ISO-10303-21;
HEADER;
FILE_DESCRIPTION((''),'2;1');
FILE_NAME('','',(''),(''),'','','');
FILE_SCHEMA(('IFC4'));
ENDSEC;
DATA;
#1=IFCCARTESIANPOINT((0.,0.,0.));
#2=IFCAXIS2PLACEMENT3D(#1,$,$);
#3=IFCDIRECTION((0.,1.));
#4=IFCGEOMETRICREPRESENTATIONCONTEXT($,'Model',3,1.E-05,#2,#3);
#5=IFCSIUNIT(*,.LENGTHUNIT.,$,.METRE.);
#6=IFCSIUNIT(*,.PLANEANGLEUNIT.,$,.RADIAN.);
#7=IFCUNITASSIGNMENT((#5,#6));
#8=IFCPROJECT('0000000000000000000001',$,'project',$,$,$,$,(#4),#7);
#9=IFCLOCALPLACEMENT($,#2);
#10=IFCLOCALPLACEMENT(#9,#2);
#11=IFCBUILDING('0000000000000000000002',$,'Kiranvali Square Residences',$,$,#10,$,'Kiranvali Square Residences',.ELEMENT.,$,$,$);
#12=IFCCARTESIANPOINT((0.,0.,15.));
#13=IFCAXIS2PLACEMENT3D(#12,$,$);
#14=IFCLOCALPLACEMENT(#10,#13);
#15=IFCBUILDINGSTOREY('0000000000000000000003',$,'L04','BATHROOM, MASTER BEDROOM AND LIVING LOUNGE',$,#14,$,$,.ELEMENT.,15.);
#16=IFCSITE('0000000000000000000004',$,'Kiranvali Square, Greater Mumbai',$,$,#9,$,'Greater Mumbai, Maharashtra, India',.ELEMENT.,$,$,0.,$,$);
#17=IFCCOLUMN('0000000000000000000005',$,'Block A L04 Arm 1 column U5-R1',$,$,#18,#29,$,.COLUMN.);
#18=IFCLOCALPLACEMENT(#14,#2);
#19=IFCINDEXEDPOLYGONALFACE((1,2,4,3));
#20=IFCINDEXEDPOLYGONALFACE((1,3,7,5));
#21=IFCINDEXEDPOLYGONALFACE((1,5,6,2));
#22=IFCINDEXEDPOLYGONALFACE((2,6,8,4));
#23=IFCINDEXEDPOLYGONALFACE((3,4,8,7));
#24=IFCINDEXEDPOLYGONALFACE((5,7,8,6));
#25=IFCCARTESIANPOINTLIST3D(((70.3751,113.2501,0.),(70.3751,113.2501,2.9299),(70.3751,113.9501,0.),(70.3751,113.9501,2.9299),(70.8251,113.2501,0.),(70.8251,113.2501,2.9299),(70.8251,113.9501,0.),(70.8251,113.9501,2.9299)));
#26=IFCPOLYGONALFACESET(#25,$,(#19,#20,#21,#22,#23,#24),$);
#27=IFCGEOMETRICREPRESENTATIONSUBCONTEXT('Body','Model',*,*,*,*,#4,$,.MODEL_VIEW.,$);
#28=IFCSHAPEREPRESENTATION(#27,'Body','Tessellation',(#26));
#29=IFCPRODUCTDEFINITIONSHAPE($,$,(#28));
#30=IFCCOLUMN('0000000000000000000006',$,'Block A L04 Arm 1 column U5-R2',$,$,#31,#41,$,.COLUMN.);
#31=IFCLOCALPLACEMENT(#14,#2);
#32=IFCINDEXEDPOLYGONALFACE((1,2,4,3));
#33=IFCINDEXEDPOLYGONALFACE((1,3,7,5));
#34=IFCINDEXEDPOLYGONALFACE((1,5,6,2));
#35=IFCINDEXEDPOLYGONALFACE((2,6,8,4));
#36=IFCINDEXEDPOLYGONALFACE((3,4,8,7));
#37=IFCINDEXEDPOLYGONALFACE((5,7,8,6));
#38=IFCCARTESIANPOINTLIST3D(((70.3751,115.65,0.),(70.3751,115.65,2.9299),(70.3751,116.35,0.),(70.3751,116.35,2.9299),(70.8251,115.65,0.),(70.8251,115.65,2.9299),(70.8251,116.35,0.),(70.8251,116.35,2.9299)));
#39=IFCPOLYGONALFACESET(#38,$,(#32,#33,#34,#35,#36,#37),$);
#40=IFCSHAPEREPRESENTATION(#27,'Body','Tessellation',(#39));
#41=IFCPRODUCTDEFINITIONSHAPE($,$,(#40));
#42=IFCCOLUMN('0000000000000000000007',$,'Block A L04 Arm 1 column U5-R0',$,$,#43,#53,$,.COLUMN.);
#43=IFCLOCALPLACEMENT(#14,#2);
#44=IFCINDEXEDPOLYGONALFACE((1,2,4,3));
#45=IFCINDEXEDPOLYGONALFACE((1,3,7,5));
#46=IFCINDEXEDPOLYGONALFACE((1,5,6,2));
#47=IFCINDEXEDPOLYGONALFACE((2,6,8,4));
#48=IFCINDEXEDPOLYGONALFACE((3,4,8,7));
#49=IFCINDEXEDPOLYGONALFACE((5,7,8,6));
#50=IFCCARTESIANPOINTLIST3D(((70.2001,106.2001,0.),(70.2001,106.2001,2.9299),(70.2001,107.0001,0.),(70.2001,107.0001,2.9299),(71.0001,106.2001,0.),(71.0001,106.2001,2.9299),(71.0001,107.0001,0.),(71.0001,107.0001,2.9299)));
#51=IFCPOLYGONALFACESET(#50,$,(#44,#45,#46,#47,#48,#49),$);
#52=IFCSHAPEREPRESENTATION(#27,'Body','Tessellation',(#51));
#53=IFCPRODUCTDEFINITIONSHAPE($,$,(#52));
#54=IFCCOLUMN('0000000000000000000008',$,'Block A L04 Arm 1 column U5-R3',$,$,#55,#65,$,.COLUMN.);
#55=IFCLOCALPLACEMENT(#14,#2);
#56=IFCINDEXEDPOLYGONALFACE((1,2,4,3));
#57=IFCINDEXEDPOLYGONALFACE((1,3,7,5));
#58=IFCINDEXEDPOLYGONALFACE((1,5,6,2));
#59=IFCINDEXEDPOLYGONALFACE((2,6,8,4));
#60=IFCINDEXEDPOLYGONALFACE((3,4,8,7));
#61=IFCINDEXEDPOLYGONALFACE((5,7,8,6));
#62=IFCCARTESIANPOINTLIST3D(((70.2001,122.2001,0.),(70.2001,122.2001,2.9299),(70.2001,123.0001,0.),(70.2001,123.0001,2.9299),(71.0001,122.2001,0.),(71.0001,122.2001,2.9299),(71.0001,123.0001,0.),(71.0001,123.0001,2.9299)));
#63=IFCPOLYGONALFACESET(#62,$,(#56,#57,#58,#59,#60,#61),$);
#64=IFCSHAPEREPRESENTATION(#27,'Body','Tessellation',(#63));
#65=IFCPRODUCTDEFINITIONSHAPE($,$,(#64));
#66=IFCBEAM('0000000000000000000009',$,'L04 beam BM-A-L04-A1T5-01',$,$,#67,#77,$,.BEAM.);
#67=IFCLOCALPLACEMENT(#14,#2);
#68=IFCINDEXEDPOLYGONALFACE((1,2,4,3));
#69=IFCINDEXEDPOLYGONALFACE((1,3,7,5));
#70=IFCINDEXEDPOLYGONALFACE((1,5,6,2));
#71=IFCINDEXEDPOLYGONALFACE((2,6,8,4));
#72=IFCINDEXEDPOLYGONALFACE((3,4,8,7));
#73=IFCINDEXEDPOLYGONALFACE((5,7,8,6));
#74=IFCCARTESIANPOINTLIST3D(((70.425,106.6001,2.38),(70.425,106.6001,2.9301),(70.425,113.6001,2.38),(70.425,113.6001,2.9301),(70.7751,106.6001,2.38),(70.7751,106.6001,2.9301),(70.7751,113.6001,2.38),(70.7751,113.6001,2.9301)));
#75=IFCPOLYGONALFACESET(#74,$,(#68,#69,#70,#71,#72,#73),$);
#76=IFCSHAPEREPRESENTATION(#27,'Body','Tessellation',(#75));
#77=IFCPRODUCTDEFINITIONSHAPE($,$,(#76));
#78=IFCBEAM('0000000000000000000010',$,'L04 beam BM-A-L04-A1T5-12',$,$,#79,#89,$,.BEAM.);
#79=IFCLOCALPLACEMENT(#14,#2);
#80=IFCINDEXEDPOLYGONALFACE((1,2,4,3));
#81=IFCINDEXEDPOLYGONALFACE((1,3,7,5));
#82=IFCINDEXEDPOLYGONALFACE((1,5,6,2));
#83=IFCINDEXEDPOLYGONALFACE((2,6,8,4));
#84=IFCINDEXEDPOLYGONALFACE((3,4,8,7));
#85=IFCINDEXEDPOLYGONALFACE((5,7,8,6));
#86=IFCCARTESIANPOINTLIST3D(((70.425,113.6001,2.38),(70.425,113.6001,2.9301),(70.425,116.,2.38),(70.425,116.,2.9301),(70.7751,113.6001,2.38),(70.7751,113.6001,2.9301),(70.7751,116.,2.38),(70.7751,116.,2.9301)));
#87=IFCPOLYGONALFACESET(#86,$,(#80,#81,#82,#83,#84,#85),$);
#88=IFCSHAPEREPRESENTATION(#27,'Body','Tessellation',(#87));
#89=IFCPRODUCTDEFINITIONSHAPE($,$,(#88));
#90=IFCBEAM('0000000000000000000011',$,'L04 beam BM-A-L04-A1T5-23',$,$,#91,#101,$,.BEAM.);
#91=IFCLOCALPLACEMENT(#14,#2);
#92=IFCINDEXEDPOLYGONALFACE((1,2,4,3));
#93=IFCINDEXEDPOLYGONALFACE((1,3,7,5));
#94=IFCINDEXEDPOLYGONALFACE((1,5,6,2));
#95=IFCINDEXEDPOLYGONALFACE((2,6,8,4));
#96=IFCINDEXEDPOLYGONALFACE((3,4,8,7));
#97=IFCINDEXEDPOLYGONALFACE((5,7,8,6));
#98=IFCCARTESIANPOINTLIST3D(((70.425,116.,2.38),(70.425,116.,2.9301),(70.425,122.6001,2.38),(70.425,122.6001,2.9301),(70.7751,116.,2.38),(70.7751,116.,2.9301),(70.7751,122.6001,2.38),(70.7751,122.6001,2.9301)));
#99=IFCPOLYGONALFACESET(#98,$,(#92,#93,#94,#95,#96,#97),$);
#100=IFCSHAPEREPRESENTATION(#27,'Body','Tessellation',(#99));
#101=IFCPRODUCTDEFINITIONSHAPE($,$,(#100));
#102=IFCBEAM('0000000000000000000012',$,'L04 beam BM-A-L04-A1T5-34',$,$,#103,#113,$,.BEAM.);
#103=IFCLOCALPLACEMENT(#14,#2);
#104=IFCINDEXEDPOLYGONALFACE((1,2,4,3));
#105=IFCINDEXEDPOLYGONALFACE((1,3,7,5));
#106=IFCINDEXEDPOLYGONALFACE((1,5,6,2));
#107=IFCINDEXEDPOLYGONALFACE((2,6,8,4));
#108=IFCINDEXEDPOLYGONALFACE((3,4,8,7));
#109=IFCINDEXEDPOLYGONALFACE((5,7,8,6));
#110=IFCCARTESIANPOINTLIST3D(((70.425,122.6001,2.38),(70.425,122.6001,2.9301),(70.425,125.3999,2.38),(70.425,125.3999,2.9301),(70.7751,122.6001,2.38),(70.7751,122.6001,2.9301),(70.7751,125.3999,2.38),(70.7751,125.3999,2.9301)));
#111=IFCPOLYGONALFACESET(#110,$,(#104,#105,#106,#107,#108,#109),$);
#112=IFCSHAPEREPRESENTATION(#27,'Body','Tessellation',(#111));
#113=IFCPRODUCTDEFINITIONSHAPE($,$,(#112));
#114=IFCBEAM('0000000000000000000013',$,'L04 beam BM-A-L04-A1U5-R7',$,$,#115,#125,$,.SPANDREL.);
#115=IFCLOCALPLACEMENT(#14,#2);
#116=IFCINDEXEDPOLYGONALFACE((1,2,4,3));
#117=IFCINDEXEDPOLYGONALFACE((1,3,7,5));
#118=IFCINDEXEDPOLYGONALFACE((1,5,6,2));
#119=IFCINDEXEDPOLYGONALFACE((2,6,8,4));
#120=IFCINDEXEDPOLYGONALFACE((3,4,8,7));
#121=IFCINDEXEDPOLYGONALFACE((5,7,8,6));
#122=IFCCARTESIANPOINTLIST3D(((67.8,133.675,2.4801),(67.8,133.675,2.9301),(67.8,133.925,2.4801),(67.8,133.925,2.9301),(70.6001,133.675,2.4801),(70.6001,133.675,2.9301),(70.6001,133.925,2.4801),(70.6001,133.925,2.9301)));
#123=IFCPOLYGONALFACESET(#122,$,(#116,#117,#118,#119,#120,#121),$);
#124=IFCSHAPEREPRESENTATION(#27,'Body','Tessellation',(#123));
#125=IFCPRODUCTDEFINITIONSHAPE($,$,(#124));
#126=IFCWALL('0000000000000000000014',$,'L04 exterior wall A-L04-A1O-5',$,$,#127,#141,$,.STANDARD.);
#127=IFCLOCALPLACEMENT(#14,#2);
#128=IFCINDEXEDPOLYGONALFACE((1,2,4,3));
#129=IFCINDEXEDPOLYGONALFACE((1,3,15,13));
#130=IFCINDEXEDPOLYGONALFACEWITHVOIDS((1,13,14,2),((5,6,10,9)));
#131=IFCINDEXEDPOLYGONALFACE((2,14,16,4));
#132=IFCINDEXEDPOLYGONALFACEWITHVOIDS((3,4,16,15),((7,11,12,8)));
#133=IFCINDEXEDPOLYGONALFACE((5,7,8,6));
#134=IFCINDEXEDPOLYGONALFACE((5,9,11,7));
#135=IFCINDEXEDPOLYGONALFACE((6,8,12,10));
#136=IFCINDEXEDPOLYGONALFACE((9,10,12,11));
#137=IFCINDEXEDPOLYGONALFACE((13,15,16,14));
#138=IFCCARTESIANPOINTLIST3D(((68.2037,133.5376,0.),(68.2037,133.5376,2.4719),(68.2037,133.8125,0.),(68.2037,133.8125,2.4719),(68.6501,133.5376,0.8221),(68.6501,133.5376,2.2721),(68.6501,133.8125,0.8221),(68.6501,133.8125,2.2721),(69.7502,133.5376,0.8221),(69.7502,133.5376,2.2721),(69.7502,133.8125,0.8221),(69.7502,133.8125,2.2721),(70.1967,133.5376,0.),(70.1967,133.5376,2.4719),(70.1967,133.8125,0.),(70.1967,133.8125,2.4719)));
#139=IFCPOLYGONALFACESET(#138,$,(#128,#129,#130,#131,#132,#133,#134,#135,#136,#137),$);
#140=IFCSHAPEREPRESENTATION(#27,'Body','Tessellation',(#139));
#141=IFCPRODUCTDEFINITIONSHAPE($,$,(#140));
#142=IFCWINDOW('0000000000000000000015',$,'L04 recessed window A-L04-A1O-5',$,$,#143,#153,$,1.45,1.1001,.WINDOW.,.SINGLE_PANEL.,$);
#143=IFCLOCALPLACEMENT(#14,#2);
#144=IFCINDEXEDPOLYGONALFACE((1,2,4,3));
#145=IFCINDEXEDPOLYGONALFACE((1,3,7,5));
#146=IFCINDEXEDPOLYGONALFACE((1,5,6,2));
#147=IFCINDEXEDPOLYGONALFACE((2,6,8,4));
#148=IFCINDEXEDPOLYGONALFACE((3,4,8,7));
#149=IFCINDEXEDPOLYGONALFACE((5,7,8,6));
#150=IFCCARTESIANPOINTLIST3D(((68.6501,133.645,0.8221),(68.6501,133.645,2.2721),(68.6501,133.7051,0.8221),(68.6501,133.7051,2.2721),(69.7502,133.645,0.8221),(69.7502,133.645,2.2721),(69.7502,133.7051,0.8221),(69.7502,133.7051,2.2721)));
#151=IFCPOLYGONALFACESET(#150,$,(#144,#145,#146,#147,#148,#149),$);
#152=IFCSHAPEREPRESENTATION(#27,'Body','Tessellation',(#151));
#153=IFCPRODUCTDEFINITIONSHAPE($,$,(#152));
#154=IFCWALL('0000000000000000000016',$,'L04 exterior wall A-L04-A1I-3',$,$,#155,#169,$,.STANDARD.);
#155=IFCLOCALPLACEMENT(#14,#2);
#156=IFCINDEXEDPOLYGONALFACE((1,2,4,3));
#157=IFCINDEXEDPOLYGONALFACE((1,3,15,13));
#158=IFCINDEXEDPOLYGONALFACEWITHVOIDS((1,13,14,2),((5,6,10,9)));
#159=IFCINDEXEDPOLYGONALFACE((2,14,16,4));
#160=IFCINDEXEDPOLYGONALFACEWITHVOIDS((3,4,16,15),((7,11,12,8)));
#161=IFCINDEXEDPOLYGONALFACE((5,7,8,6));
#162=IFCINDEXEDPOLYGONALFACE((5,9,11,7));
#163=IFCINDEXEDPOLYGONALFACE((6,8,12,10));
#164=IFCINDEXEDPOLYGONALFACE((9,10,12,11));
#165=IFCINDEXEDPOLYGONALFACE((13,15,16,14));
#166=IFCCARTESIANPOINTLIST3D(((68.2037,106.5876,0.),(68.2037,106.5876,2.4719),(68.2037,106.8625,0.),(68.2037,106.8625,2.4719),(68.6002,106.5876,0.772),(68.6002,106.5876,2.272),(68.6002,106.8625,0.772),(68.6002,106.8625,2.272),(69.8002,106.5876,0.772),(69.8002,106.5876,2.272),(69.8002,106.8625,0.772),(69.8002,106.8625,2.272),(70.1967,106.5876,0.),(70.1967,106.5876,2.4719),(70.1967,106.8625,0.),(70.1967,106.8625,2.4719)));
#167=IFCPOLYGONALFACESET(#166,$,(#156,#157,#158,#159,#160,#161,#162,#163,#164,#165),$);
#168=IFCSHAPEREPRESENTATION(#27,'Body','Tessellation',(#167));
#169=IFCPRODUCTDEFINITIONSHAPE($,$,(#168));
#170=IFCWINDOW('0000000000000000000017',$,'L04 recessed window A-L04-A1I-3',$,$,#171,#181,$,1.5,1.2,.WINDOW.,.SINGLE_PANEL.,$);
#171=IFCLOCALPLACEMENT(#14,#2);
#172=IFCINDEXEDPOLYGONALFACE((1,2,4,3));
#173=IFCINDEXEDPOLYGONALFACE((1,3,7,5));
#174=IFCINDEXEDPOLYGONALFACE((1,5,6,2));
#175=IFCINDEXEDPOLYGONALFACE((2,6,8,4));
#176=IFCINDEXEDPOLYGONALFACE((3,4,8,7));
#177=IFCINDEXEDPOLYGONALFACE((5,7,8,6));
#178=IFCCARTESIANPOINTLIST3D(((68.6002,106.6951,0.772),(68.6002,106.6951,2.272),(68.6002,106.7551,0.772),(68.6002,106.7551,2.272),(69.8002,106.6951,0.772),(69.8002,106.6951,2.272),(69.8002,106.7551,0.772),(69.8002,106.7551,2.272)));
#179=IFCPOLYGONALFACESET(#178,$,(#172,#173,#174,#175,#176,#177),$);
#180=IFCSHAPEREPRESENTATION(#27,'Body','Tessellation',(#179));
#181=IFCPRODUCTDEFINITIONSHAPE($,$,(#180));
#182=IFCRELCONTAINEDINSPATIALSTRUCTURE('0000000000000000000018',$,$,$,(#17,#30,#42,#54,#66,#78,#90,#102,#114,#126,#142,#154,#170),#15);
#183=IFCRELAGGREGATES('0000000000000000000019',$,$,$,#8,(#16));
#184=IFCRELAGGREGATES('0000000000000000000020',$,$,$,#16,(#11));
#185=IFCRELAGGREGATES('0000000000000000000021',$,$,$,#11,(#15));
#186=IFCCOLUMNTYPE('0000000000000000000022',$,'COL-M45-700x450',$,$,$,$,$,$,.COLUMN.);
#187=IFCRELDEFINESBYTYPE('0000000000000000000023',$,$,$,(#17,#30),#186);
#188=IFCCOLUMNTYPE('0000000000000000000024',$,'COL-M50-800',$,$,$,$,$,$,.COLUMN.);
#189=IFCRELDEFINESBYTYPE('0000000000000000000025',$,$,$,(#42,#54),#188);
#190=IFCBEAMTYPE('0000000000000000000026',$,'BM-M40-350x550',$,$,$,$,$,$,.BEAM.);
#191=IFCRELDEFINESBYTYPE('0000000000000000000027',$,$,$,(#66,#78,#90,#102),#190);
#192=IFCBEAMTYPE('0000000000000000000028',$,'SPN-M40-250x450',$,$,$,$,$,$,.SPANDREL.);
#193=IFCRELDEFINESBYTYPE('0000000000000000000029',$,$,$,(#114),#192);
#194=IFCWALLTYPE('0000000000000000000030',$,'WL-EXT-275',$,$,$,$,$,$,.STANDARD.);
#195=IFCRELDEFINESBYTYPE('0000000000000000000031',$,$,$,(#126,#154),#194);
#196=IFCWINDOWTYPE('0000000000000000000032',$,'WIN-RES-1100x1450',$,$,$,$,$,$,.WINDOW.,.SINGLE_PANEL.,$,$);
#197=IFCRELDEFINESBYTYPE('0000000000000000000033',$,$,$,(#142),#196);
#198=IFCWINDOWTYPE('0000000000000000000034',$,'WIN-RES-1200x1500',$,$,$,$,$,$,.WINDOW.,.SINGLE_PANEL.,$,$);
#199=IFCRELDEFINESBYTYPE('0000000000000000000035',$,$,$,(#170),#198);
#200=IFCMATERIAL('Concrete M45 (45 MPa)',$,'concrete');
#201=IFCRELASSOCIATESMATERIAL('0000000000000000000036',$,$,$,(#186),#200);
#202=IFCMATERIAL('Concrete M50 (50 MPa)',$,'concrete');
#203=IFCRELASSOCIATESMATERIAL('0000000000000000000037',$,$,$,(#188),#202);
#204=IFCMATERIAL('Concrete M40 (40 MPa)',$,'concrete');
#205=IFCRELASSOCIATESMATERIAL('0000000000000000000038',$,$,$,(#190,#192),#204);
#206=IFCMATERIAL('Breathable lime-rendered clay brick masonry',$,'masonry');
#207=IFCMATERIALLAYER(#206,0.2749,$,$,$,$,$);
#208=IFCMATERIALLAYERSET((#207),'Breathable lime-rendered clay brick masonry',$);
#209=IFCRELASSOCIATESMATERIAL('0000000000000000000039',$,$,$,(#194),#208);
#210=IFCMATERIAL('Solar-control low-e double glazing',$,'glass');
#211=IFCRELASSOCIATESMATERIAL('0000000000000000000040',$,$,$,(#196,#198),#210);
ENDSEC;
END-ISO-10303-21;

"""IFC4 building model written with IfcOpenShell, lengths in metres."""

from ifc_helpers import new_model, si_unit, direction, frame, frame_2d, origin, origin_2d, place, context, subcontext, project, spatial, rectangle, extrude, material, layer, layer_set, material_profile, profile_set, type_object, element, fill, save


model = new_model("IFC4")

# Units and contexts
model_context = context("Model", 3, precision=1e-05, world=origin(), true_north=direction((0.0, 1.0)))
body_context = subcontext(model_context, "Body", "Model", "MODEL_VIEW")
ifc_project = project(units=[si_unit("LENGTHUNIT", "METRE"), si_unit("PLANEANGLEUNIT", "RADIAN")], contexts=[model_context])

# Site, building, storey
site_placement = place(None, origin())
site = spatial("IfcSite", under=ifc_project, at=site_placement, Name="Kiranvali Square, Greater Mumbai", LongName="Greater Mumbai, Maharashtra, India", CompositionType="ELEMENT", RefElevation=0.0)
building_placement = place(site_placement, origin())
building = spatial("IfcBuilding", under=site, at=building_placement, Name="Kiranvali Square Residences", LongName="Kiranvali Square Residences", CompositionType="ELEMENT")
storey_placement = place(building_placement, frame((0.0, 0.0, 15.0)))
storey = spatial("IfcBuildingStorey", under=building, at=storey_placement, Name="L04", Description="BATHROOM, MASTER BEDROOM AND LIVING LOUNGE", CompositionType="ELEMENT", Elevation=15.0)

# Columns
ifc_material_1 = material(Name="Concrete M45 (45 MPa)", Category="concrete")
ifc_material_profile_1 = material_profile(ifc_material_1, rectangle(XDim=0.45, YDim=0.7, at=origin_2d()), Name="RC 700x450")
ifc_profile_set_1 = profile_set([ifc_material_profile_1], Name="Concrete M45 (45 MPa)")
column_type_1 = type_object("IfcColumnType", Name="COL-M45-700x450", PredefinedType="COLUMN", material=ifc_profile_set_1)
for number, where, z_axis, x_axis, name in (
    (1, (70.6001, 113.6001, 0.0), (0.0, 0.0, 1.0), (1.0, 0.0, 0.0), "Block A L04 Arm 1 column U5-R1"),
    (2, (70.6001, 116.0, 0.0), (0.0, 0.0, 1.0), (1.0, 0.0, 0.0), "Block A L04 Arm 1 column U5-R2"),
):
    element("IfcColumn", number, at=place(storey_placement, frame(where, z_axis=z_axis, x_axis=x_axis)), inside=storey, type_object=column_type_1, Name=name, PredefinedType="COLUMN", context=body_context, shape_type="SweptSolid", body=[
        extrude(rectangle(XDim=0.45, YDim=0.7, at=origin_2d()), origin(), (0.0, 0.0, 1.0), 2.9299),
    ])
ifc_material_2 = material(Name="Concrete M50 (50 MPa)", Category="concrete")
ifc_material_profile_2 = material_profile(ifc_material_2, rectangle(XDim=0.8, YDim=0.8, at=origin_2d()), Name="RC 800x800")
ifc_profile_set_2 = profile_set([ifc_material_profile_2], Name="Concrete M50 (50 MPa)")
column_type_2 = type_object("IfcColumnType", Name="COL-M50-800", PredefinedType="COLUMN", material=ifc_profile_set_2)
for number, where, z_axis, x_axis, name in (
    (3, (70.6001, 106.6001, 0.0), (0.0, 0.0, 1.0), (1.0, 0.0, 0.0), "Block A L04 Arm 1 column U5-R0"),
    (4, (70.6001, 122.6001, 0.0), (0.0, 0.0, 1.0), (1.0, 0.0, 0.0), "Block A L04 Arm 1 column U5-R3"),
):
    element("IfcColumn", number, at=place(storey_placement, frame(where, z_axis=z_axis, x_axis=x_axis)), inside=storey, type_object=column_type_2, Name=name, PredefinedType="COLUMN", context=body_context, shape_type="SweptSolid", body=[
        extrude(rectangle(XDim=0.8, YDim=0.8, at=origin_2d()), origin(), (0.0, 0.0, 1.0), 2.9299),
    ])

# Beams
ifc_material_3 = material(Name="Concrete M40 (40 MPa)", Category="concrete")
ifc_material_profile_3 = material_profile(ifc_material_3, rectangle(XDim=0.3501, YDim=0.55, at=origin_2d()), Name="RC 350x550")
ifc_profile_set_3 = profile_set([ifc_material_profile_3], Name="Concrete M40 (40 MPa)")
beam_type_1 = type_object("IfcBeamType", Name="BM-M40-350x550", PredefinedType="BEAM", material=ifc_profile_set_3)
beam_1_placement = place(storey_placement, frame((70.6001, 106.6001, 2.655), z_axis=(0.0, 1.0, 0.0), x_axis=(-1.0, 0.0, 0.0)))
element("IfcBeam", 5, at=beam_1_placement, inside=storey, type_object=beam_type_1, Name="L04 beam BM-A-L04-A1T5-01", PredefinedType="BEAM", context=body_context, shape_type="SweptSolid", body=[
    extrude(rectangle(XDim=0.3501, YDim=0.55, at=origin_2d()), origin(), (0.0, 0.0, 1.0), 7.0),
])
beam_2_placement = place(storey_placement, frame((70.6001, 113.6001, 2.655), z_axis=(0.0, 1.0, 0.0), x_axis=(-1.0, 0.0, 0.0)))
element("IfcBeam", 6, at=beam_2_placement, inside=storey, type_object=beam_type_1, Name="L04 beam BM-A-L04-A1T5-12", PredefinedType="BEAM", context=body_context, shape_type="SweptSolid", body=[
    extrude(rectangle(XDim=0.3501, YDim=0.55, at=origin_2d()), origin(), (0.0, 0.0, 1.0), 2.3999),
])
beam_3_placement = place(storey_placement, frame((70.6001, 116.0, 2.655), z_axis=(0.0, 1.0, 0.0), x_axis=(-1.0, 0.0, 0.0)))
element("IfcBeam", 7, at=beam_3_placement, inside=storey, type_object=beam_type_1, Name="L04 beam BM-A-L04-A1T5-23", PredefinedType="BEAM", context=body_context, shape_type="SweptSolid", body=[
    extrude(rectangle(XDim=0.3501, YDim=0.55, at=origin_2d()), origin(), (0.0, 0.0, 1.0), 6.6001),
])
beam_4_placement = place(storey_placement, frame((70.6001, 122.6001, 2.655), z_axis=(0.0, 1.0, 0.0), x_axis=(-1.0, 0.0, 0.0)))
element("IfcBeam", 8, at=beam_4_placement, inside=storey, type_object=beam_type_1, Name="L04 beam BM-A-L04-A1T5-34", PredefinedType="BEAM", context=body_context, shape_type="SweptSolid", body=[
    extrude(rectangle(XDim=0.3501, YDim=0.55, at=origin_2d()), origin(), (0.0, 0.0, 1.0), 2.7998),
])
ifc_material_profile_4 = material_profile(ifc_material_3, rectangle(XDim=0.25, YDim=0.45, at=origin_2d()), Name="RC 250x450")
ifc_profile_set_4 = profile_set([ifc_material_profile_4], Name="Concrete M40 (40 MPa)")
beam_type_2 = type_object("IfcBeamType", Name="SPN-M40-250x450", PredefinedType="SPANDREL", material=ifc_profile_set_4)
beam_5_placement = place(storey_placement, frame((67.8, 133.8, 2.7051), z_axis=(1.0, 0.0, 0.0), x_axis=(0.0, 1.0, 0.0)))
element("IfcBeam", 9, at=beam_5_placement, inside=storey, type_object=beam_type_2, Name="L04 beam BM-A-L04-A1U5-R7", PredefinedType="SPANDREL", context=body_context, shape_type="SweptSolid", body=[
    extrude(rectangle(XDim=0.25, YDim=0.45, at=origin_2d()), origin(), (0.0, 0.0, 1.0), 2.8),
])

# Walls, openings, windows
ifc_material_4 = material(Name="Breathable lime-rendered clay brick masonry", Category="masonry")
ifc_layer_1 = layer(ifc_material_4, 0.2749)
ifc_layer_set_1 = layer_set([ifc_layer_1], Name="Breathable lime-rendered clay brick masonry")
wall_type_1 = type_object("IfcWallType", Name="WL-EXT-275", PredefinedType="STANDARD", material=ifc_layer_set_1)
wall_1_placement = place(storey_placement, frame((68.2036, 133.675, 0.0), z_axis=(0.0, 0.0, 1.0), x_axis=(1.0, 0.0, 0.0)))
wall_1 = element("IfcWall", 10, at=wall_1_placement, inside=storey, type_object=wall_type_1, Name="L04 exterior wall A-L04-A1O-5", PredefinedType="STANDARD", context=body_context, shape_type="SweptSolid", body=[
    extrude(rectangle(XDim=1.9929, YDim=0.2749, at=frame_2d((0.9966, 0.0))), origin(), (0.0, 0.0, 1.0), 2.4719),
])
opening_1_placement = place(wall_1_placement, frame((0.4465, 0.0, 0.822)))
opening_1 = element("IfcOpeningElement", 11, at=opening_1_placement, cuts=wall_1, PredefinedType="OPENING", context=body_context, shape_type="SweptSolid", body=[
    extrude(rectangle(XDim=1.1001, YDim=1.45, at=frame_2d((0.55, 0.7251))), frame((0.0, 0.1475, 0.0), z_axis=(0.0, -1.0, 0.0), x_axis=(1.0, 0.0, 0.0)), (0.0, 0.0, 1.0), 0.2949),
])
ifc_material_5 = material(Name="Solar-control low-e double glazing", Category="glass")
window_type_1 = type_object("IfcWindowType", Name="WIN-RES-1100x1450", PartitioningType="SINGLE_PANEL", PredefinedType="WINDOW", material=ifc_material_5)
window_1_placement = place(opening_1_placement, origin())
window_1 = element("IfcWindow", 12, at=window_1_placement, inside=storey, type_object=window_type_1, Name="L04 recessed window A-L04-A1O-5", OverallHeight=1.45, OverallWidth=1.1001, PartitioningType="SINGLE_PANEL", PredefinedType="WINDOW", context=body_context, shape_type="SweptSolid", body=[
    extrude(rectangle(XDim=1.1001, YDim=1.45, at=frame_2d((0.55, 0.7251))), frame((0.0, 0.03, 0.0), z_axis=(0.0, -1.0, 0.0), x_axis=(1.0, 0.0, 0.0)), (0.0, 0.0, 1.0), 0.0601),
])
fill(opening_1, window_1)
wall_2_placement = place(storey_placement, frame((68.2036, 106.7251, 0.0), z_axis=(0.0, 0.0, 1.0), x_axis=(1.0, 0.0, 0.0)))
wall_2 = element("IfcWall", 13, at=wall_2_placement, inside=storey, type_object=wall_type_1, Name="L04 exterior wall A-L04-A1I-3", PredefinedType="STANDARD", context=body_context, shape_type="SweptSolid", body=[
    extrude(rectangle(XDim=1.9929, YDim=0.2749, at=frame_2d((0.9966, 0.0))), origin(), (0.0, 0.0, 1.0), 2.4719),
])
opening_2_placement = place(wall_2_placement, frame((0.3965, 0.0, 0.772)))
opening_2 = element("IfcOpeningElement", 14, at=opening_2_placement, cuts=wall_2, PredefinedType="OPENING", context=body_context, shape_type="SweptSolid", body=[
    extrude(rectangle(XDim=1.2, YDim=1.5, at=frame_2d((0.6001, 0.75))), frame((0.0, 0.1475, 0.0), z_axis=(0.0, -1.0, 0.0), x_axis=(1.0, 0.0, 0.0)), (0.0, 0.0, 1.0), 0.2949),
])
window_type_2 = type_object("IfcWindowType", Name="WIN-RES-1200x1500", PartitioningType="SINGLE_PANEL", PredefinedType="WINDOW", material=ifc_material_5)
window_2_placement = place(opening_2_placement, origin())
window_2 = element("IfcWindow", 15, at=window_2_placement, inside=storey, type_object=window_type_2, Name="L04 recessed window A-L04-A1I-3", OverallHeight=1.5, OverallWidth=1.2, PartitioningType="SINGLE_PANEL", PredefinedType="WINDOW", context=body_context, shape_type="SweptSolid", body=[
    extrude(rectangle(XDim=1.2, YDim=1.5, at=frame_2d((0.6001, 0.75))), frame((0.0, 0.03, 0.0), z_axis=(0.0, -1.0, 0.0), x_axis=(1.0, 0.0, 0.0)), (0.0, 0.0, 1.0), 0.0601),
])
fill(opening_2, window_2)

save(model, "model.ifc")
